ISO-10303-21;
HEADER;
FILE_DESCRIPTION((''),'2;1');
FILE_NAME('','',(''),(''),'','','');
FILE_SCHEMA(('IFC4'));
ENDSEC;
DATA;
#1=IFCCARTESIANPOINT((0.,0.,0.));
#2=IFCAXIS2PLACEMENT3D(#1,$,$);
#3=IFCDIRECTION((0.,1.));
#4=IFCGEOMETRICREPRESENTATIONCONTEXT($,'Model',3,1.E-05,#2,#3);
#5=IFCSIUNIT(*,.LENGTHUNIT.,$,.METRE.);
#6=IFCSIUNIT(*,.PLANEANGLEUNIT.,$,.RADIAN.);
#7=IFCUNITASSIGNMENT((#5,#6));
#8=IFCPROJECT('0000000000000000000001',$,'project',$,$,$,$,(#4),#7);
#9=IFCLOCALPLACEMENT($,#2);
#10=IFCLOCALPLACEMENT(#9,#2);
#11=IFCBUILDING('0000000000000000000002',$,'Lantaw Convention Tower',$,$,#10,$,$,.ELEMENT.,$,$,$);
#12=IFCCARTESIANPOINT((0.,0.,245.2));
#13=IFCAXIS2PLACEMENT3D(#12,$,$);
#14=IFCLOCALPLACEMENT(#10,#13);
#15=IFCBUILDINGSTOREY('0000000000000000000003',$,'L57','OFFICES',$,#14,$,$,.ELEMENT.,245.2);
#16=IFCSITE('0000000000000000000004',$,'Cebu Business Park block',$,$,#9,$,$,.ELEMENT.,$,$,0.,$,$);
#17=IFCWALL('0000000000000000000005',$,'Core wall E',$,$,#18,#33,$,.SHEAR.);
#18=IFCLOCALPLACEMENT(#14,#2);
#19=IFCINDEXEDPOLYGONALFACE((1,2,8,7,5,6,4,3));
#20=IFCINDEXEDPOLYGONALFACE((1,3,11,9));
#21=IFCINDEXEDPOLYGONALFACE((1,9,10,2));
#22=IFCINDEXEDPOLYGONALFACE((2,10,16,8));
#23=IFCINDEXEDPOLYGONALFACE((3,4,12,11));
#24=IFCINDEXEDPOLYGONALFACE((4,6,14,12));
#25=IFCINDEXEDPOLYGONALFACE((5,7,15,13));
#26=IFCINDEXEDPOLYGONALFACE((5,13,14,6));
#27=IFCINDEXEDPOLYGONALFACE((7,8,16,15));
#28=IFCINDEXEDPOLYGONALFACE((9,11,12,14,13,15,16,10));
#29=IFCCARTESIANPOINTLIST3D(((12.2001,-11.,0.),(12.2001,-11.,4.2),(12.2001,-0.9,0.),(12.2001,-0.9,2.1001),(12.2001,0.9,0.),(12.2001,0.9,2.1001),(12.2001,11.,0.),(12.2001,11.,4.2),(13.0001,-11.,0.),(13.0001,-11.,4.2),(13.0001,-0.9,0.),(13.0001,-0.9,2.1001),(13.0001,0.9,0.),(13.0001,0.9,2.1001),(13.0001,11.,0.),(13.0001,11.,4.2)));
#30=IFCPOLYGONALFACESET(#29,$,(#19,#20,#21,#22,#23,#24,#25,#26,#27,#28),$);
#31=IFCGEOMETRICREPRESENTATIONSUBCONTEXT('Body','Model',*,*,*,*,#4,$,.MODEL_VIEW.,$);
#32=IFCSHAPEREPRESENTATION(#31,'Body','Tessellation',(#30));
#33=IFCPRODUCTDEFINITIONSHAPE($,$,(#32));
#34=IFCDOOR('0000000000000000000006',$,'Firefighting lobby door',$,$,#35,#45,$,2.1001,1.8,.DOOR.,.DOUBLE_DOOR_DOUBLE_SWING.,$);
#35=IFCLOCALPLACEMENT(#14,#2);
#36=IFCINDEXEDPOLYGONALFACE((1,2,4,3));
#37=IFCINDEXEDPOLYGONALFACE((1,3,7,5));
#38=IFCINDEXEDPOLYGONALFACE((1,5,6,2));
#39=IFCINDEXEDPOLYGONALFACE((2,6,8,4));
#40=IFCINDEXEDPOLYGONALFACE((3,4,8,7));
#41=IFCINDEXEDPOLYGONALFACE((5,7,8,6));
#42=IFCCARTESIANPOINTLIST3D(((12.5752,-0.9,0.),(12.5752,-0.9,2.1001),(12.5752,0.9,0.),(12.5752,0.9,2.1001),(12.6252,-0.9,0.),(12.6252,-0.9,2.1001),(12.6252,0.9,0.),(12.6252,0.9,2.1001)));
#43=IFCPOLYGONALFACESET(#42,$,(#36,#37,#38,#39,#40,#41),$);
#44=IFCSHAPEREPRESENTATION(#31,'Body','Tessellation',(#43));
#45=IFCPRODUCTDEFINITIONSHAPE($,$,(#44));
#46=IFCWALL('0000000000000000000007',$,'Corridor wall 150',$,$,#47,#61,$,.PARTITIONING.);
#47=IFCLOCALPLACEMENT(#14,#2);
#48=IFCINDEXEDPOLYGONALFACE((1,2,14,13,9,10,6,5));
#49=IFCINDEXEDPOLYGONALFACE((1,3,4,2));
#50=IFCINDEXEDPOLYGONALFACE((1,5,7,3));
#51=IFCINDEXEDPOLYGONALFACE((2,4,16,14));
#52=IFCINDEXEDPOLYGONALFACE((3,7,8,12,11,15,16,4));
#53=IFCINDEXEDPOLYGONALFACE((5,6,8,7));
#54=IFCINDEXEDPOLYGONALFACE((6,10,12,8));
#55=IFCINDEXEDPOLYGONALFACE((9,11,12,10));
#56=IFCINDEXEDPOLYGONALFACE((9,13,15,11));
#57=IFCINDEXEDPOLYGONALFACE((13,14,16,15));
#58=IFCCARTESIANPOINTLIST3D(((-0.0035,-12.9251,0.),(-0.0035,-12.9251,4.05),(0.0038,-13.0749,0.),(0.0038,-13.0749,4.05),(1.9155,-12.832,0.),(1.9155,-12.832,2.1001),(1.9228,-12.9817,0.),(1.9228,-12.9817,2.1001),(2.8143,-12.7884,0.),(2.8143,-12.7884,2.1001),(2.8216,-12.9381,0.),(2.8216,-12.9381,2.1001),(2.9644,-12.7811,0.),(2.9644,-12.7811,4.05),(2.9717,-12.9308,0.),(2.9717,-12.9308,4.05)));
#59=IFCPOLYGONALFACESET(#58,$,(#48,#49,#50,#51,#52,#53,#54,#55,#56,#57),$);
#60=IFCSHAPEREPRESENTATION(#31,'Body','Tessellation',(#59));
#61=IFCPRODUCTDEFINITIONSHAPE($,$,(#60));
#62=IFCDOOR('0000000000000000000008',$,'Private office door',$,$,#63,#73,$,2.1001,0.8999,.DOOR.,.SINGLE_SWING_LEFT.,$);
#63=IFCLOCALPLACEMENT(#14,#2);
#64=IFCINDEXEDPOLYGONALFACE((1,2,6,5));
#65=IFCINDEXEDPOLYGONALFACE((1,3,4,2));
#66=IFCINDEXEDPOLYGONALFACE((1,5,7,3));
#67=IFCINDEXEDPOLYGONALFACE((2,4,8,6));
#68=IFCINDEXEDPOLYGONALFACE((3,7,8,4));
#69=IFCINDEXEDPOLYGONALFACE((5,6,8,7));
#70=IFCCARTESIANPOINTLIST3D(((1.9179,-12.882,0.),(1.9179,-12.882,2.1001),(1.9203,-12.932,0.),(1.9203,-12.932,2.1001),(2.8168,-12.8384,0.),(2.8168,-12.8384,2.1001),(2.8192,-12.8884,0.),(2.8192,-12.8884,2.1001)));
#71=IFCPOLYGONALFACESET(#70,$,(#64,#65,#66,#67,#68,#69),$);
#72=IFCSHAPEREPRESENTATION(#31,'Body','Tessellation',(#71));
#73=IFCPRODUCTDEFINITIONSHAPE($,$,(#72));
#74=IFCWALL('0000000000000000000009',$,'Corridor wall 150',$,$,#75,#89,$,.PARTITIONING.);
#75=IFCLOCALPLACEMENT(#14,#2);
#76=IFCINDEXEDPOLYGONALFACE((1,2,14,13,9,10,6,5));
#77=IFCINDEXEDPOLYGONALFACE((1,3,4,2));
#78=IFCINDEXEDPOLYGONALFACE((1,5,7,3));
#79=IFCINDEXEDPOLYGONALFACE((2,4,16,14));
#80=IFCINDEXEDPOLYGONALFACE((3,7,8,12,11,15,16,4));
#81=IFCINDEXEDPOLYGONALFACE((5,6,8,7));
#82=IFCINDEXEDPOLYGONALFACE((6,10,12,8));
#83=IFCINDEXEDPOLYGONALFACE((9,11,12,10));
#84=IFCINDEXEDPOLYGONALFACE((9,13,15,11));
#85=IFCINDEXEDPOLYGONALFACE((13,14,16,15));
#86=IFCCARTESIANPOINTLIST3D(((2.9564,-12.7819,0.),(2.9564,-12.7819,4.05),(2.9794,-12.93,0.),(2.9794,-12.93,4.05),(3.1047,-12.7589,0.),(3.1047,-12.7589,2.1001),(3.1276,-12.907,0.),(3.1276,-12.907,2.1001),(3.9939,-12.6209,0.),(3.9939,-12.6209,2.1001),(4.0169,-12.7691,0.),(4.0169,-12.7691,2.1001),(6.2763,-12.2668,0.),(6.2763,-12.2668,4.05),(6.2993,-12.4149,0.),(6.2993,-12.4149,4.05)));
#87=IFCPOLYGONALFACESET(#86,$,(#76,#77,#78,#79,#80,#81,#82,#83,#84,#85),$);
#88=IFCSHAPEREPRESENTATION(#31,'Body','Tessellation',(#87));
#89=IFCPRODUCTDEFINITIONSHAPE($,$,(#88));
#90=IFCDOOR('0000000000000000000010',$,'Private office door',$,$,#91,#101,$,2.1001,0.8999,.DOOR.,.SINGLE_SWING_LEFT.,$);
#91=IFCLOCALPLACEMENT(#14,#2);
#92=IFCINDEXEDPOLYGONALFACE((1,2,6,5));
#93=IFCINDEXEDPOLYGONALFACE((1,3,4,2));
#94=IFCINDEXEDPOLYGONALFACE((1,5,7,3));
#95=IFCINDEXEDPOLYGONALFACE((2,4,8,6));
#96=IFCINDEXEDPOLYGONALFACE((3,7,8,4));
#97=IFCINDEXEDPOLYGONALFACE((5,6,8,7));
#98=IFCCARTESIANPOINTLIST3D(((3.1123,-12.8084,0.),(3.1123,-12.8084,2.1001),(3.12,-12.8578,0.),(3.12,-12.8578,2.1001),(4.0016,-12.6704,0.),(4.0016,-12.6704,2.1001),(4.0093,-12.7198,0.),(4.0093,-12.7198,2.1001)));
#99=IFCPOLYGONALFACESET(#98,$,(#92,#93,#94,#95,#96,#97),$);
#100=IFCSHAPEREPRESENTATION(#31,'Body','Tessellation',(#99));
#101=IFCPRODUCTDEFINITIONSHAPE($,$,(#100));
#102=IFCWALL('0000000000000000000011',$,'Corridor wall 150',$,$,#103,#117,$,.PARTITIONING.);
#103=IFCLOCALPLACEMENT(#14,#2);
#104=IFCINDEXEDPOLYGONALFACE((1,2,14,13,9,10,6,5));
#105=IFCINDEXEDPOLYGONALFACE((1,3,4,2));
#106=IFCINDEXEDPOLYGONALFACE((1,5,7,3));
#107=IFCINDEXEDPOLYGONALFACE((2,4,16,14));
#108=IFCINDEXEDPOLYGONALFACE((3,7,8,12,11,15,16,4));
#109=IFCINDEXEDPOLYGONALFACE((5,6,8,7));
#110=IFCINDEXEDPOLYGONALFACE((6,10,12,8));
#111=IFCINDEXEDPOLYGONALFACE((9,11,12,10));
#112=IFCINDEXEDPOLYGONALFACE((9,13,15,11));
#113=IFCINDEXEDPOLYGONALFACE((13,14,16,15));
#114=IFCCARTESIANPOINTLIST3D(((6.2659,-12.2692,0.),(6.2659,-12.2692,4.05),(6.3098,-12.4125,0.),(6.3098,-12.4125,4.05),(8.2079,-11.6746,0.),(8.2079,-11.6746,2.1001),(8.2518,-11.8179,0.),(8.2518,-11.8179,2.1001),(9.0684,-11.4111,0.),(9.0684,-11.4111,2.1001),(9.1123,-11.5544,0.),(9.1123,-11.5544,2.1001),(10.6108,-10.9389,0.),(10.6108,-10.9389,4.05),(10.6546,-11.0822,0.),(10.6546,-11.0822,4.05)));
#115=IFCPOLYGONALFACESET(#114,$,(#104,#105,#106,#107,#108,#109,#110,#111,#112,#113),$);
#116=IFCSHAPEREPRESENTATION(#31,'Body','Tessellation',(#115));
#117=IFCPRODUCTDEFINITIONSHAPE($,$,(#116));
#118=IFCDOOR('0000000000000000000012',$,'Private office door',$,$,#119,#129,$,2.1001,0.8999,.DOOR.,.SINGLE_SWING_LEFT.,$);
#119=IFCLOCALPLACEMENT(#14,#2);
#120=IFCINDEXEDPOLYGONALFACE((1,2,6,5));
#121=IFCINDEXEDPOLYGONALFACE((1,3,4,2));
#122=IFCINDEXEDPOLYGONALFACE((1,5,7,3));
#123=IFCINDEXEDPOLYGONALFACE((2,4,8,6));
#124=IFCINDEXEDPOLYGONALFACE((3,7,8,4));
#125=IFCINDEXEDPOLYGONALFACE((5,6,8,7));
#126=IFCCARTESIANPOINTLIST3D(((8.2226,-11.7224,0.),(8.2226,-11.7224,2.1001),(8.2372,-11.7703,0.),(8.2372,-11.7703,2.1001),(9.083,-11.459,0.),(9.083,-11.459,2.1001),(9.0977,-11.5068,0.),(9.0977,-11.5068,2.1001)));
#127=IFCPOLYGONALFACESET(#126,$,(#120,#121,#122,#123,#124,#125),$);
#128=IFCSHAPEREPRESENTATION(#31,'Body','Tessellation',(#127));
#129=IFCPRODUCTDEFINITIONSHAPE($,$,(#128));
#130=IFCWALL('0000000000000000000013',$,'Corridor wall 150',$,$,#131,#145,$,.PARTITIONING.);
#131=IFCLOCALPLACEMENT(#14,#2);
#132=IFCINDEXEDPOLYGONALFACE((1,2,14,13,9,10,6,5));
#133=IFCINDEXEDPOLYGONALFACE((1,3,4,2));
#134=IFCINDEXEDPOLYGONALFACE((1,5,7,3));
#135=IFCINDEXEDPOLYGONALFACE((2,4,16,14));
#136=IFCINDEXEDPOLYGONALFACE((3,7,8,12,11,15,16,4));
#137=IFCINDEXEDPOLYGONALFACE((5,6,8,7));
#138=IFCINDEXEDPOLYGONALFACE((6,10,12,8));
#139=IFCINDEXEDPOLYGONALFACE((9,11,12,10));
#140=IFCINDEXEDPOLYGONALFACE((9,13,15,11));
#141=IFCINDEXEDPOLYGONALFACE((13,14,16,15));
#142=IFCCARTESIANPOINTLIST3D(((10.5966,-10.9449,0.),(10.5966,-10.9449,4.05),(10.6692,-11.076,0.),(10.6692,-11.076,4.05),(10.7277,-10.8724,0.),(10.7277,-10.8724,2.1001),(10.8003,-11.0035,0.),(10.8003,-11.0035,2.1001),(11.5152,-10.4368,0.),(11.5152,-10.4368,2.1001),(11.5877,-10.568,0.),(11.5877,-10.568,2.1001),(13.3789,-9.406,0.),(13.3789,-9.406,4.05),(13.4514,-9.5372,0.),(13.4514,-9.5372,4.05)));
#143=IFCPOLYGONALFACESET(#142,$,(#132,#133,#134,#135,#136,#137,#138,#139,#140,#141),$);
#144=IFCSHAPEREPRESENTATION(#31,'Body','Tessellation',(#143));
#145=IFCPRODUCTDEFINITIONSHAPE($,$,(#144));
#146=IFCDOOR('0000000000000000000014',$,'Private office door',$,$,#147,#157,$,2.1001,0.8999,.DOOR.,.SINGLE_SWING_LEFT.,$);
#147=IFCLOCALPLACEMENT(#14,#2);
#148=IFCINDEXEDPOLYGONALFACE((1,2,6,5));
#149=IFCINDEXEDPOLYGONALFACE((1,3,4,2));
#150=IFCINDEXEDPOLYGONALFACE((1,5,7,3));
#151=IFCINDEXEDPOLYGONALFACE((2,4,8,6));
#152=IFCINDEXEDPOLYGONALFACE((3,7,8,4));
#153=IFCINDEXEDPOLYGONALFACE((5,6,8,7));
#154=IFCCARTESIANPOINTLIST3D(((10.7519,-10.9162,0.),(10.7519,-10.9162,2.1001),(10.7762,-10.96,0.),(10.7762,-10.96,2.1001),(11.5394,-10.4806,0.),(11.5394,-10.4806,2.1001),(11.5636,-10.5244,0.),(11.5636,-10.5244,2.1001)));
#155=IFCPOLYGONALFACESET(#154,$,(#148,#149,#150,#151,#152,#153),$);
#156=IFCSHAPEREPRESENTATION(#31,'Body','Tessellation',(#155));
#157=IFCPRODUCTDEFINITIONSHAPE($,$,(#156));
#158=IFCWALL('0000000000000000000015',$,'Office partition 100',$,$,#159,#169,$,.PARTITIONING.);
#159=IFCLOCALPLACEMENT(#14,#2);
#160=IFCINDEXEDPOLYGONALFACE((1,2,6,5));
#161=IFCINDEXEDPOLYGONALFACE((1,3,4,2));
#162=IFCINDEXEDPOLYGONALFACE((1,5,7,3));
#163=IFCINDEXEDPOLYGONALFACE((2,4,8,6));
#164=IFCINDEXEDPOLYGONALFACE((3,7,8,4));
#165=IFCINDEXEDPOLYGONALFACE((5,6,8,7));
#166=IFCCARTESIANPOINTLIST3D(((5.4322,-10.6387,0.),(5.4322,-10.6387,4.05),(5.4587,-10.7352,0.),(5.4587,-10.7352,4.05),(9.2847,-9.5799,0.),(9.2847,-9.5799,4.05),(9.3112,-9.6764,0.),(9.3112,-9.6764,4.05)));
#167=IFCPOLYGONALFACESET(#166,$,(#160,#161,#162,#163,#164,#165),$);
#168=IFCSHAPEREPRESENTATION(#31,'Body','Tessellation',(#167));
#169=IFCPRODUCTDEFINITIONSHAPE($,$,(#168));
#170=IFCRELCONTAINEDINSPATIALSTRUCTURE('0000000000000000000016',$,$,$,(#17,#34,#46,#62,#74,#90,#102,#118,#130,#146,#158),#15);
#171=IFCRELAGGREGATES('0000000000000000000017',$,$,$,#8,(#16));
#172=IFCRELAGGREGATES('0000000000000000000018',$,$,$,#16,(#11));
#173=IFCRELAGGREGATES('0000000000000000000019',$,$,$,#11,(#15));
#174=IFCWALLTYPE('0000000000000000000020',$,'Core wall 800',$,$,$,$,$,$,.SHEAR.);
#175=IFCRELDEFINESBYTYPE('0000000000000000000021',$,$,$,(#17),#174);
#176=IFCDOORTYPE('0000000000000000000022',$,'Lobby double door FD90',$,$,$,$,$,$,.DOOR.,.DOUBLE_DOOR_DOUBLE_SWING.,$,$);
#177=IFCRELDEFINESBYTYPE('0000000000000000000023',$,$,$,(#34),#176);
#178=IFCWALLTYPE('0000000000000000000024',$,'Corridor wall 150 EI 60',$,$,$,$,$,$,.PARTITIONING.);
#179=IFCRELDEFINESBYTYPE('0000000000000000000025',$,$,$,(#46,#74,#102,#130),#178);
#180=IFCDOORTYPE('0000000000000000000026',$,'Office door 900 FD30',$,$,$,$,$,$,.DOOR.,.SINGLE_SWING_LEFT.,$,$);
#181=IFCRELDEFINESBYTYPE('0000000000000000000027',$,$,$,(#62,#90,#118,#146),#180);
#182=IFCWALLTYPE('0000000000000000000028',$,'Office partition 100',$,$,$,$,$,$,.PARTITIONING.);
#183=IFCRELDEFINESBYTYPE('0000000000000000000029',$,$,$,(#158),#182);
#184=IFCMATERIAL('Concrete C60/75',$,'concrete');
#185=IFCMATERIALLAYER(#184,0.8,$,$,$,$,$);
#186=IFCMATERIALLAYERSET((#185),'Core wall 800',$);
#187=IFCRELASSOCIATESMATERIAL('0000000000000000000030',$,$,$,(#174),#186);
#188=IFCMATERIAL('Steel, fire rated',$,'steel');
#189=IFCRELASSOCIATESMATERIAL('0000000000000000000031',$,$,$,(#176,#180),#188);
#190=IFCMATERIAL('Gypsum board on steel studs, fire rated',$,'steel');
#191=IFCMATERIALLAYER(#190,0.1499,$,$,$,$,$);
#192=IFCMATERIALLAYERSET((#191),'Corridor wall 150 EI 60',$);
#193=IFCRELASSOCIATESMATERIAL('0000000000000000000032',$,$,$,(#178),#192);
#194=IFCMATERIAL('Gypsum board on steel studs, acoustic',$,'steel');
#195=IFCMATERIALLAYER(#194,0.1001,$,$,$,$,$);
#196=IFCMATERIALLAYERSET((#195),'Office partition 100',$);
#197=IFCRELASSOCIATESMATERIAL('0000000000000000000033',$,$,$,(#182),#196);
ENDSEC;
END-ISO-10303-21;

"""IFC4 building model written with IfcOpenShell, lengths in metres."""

from ifc_helpers import new_model, si_unit, direction, frame, frame_2d, origin, place, context, subcontext, project, spatial, rectangle, extrude, material, layer, layer_set, type_object, element, fill, save


model = new_model("IFC4")

# Units and contexts
model_context = context("Model", 3, precision=1e-05, world=origin(), true_north=direction((0.0, 1.0)))
body_context = subcontext(model_context, "Body", "Model", "MODEL_VIEW")
ifc_project = project(units=[si_unit("LENGTHUNIT", "METRE"), si_unit("PLANEANGLEUNIT", "RADIAN")], contexts=[model_context])

# Site, building, storey
site_placement = place(None, origin())
site = spatial("IfcSite", under=ifc_project, at=site_placement, Name="Cebu Business Park block", CompositionType="ELEMENT", RefElevation=0.0)
building_placement = place(site_placement, origin())
building = spatial("IfcBuilding", under=site, at=building_placement, Name="Lantaw Convention Tower", CompositionType="ELEMENT")
storey_placement = place(building_placement, frame((0.0, 0.0, 245.2)))
storey = spatial("IfcBuildingStorey", under=building, at=storey_placement, Name="L57", Description="OFFICES", CompositionType="ELEMENT", Elevation=245.2)

# Walls, openings, doors
ifc_material_1 = material(Name="Concrete C60/75", Category="concrete")
ifc_layer_1 = layer(ifc_material_1, 0.8)
ifc_layer_set_1 = layer_set([ifc_layer_1], Name="Core wall 800")
wall_type_1 = type_object("IfcWallType", Name="Core wall 800", PredefinedType="SHEAR", material=ifc_layer_set_1)
wall_1_placement = place(storey_placement, frame((12.6001, -11.0, 0.0), z_axis=(0.0, 0.0, 1.0), x_axis=(0.0, 1.0, 0.0)))
wall_1 = element("IfcWall", 1, at=wall_1_placement, inside=storey, type_object=wall_type_1, Name="Core wall E", PredefinedType="SHEAR", context=body_context, shape_type="SweptSolid", body=[
    extrude(rectangle(XDim=22.0, YDim=0.8, at=frame_2d((11.0, 0.0))), origin(), (0.0, 0.0, 1.0), 4.2),
])
opening_1_placement = place(wall_1_placement, frame((10.1001, 0.0, 0.0)))
opening_1 = element("IfcOpeningElement", 2, at=opening_1_placement, cuts=wall_1, PredefinedType="OPENING", context=body_context, shape_type="SweptSolid", body=[
    extrude(rectangle(XDim=1.8, YDim=2.1001, at=frame_2d((0.8999, 1.05))), frame((0.0, 0.4099, 0.0), z_axis=(0.0, -1.0, 0.0), x_axis=(1.0, 0.0, 0.0)), (0.0, 0.0, 1.0), 0.8201),
])
ifc_material_2 = material(Name="Steel, fire rated", Category="steel")
door_type_1 = type_object("IfcDoorType", Name="Lobby double door FD90", OperationType="DOUBLE_DOOR_DOUBLE_SWING", PredefinedType="DOOR", material=ifc_material_2)
door_1_placement = place(opening_1_placement, origin())
door_1 = element("IfcDoor", 3, at=door_1_placement, inside=storey, type_object=door_type_1, Name="Firefighting lobby door", OperationType="DOUBLE_DOOR_DOUBLE_SWING", OverallHeight=2.1001, OverallWidth=1.8, PredefinedType="DOOR", context=body_context, shape_type="SweptSolid", body=[
    extrude(rectangle(XDim=1.8, YDim=2.1001, at=frame_2d((0.8999, 1.05))), frame((0.0, 0.0249, 0.0), z_axis=(0.0, -1.0, 0.0), x_axis=(1.0, 0.0, 0.0)), (0.0, 0.0, 1.0), 0.05),
])
fill(opening_1, door_1)
ifc_material_3 = material(Name="Gypsum board on steel studs, fire rated", Category="steel")
ifc_layer_2 = layer(ifc_material_3, 0.1499)
ifc_layer_set_2 = layer_set([ifc_layer_2], Name="Corridor wall 150 EI 60")
wall_type_2 = type_object("IfcWallType", Name="Corridor wall 150 EI 60", PredefinedType="PARTITIONING", material=ifc_layer_set_2)
wall_2_placement = place(storey_placement, frame((0.0, -13.0, 0.0), z_axis=(0.0, 0.0, 1.0), x_axis=(0.998824, 0.048475, 0.0)))
wall_2 = element("IfcWall", 4, at=wall_2_placement, inside=storey, type_object=wall_type_2, Name="Corridor wall 150", PredefinedType="PARTITIONING", context=body_context, shape_type="SweptSolid", body=[
    extrude(rectangle(XDim=2.9714, YDim=0.1499, at=frame_2d((1.4858, 0.0))), origin(), (0.0, 0.0, 1.0), 4.05),
])
opening_2_placement = place(wall_2_placement, frame((1.9214, 0.0, 0.0)))
opening_2 = element("IfcOpeningElement", 5, at=opening_2_placement, cuts=wall_2, PredefinedType="OPENING", context=body_context, shape_type="SweptSolid", body=[
    extrude(rectangle(XDim=0.8999, YDim=2.1001, at=frame_2d((0.45, 1.05))), frame((0.0, 0.085, 0.0), z_axis=(0.0, -1.0, 0.0), x_axis=(1.0, 0.0, 0.0)), (0.0, 0.0, 1.0), 0.1699),
])
door_type_2 = type_object("IfcDoorType", Name="Office door 900 FD30", OperationType="SINGLE_SWING_LEFT", PredefinedType="DOOR", material=ifc_material_2)
door_2_placement = place(opening_2_placement, origin())
door_2 = element("IfcDoor", 6, at=door_2_placement, inside=storey, type_object=door_type_2, Name="Private office door", OperationType="SINGLE_SWING_LEFT", OverallHeight=2.1001, OverallWidth=0.8999, PredefinedType="DOOR", context=body_context, shape_type="SweptSolid", body=[
    extrude(rectangle(XDim=0.8999, YDim=2.1001, at=frame_2d((0.45, 1.05))), frame((0.0, 0.0249, 0.0), z_axis=(0.0, -1.0, 0.0), x_axis=(1.0, 0.0, 0.0)), (0.0, 0.0, 1.0), 0.05),
])
fill(opening_2, door_2)
wall_3_placement = place(storey_placement, frame((2.968, -12.856, 0.0), z_axis=(0.0, 0.0, 1.0), x_axis=(0.988174, 0.153335, 0.0)))
wall_3 = element("IfcWall", 7, at=wall_3_placement, inside=storey, type_object=wall_type_2, Name="Corridor wall 150", PredefinedType="PARTITIONING", context=body_context, shape_type="SweptSolid", body=[
    extrude(rectangle(XDim=3.3596, YDim=0.1499, at=frame_2d((1.6797, 0.0))), origin(), (0.0, 0.0, 1.0), 4.05),
])
opening_3_placement = place(wall_3_placement, frame((0.1499, 0.0, 0.0)))
opening_3 = element("IfcOpeningElement", 8, at=opening_3_placement, cuts=wall_3, PredefinedType="OPENING", context=body_context, shape_type="SweptSolid", body=[
    extrude(rectangle(XDim=0.8999, YDim=2.1001, at=frame_2d((0.45, 1.05))), frame((0.0, 0.085, 0.0), z_axis=(0.0, -1.0, 0.0), x_axis=(1.0, 0.0, 0.0)), (0.0, 0.0, 1.0), 0.1699),
])
door_3_placement = place(opening_3_placement, origin())
door_3 = element("IfcDoor", 9, at=door_3_placement, inside=storey, type_object=door_type_2, Name="Private office door", OperationType="SINGLE_SWING_LEFT", OverallHeight=2.1001, OverallWidth=0.8999, PredefinedType="DOOR", context=body_context, shape_type="SweptSolid", body=[
    extrude(rectangle(XDim=0.8999, YDim=2.1001, at=frame_2d((0.45, 1.05))), frame((0.0, 0.0249, 0.0), z_axis=(0.0, -1.0, 0.0), x_axis=(1.0, 0.0, 0.0)), (0.0, 0.0, 1.0), 0.05),
])
fill(opening_3, door_3)
wall_4_placement = place(storey_placement, frame((6.2878, -12.3408, 0.0), z_axis=(0.0, 0.0, 1.0), x_axis=(0.956186, 0.29276, 0.0)))
wall_4 = element("IfcWall", 10, at=wall_4_placement, inside=storey, type_object=wall_type_2, Name="Corridor wall 150", PredefinedType="PARTITIONING", context=body_context, shape_type="SweptSolid", body=[
    extrude(rectangle(XDim=4.5439, YDim=0.1499, at=frame_2d((2.272, 0.0))), origin(), (0.0, 0.0, 1.0), 4.05),
])
opening_4_placement = place(wall_4_placement, frame((2.031, 0.0, 0.0)))
opening_4 = element("IfcOpeningElement", 11, at=opening_4_placement, cuts=wall_4, PredefinedType="OPENING", context=body_context, shape_type="SweptSolid", body=[
    extrude(rectangle(XDim=0.8999, YDim=2.1001, at=frame_2d((0.45, 1.05))), frame((0.0, 0.085, 0.0), z_axis=(0.0, -1.0, 0.0), x_axis=(1.0, 0.0, 0.0)), (0.0, 0.0, 1.0), 0.1699),
])
door_4_placement = place(opening_4_placement, origin())
door_4 = element("IfcDoor", 12, at=door_4_placement, inside=storey, type_object=door_type_2, Name="Private office door", OperationType="SINGLE_SWING_LEFT", OverallHeight=2.1001, OverallWidth=0.8999, PredefinedType="DOOR", context=body_context, shape_type="SweptSolid", body=[
    extrude(rectangle(XDim=0.8999, YDim=2.1001, at=frame_2d((0.45, 1.05))), frame((0.0, 0.0249, 0.0), z_axis=(0.0, -1.0, 0.0), x_axis=(1.0, 0.0, 0.0)), (0.0, 0.0, 1.0), 0.05),
])
fill(opening_4, door_4)
wall_5_placement = place(storey_placement, frame((10.6328, -11.0105, 0.0), z_axis=(0.0, 0.0, 1.0), x_axis=(0.875072, 0.483993, 0.0)))
wall_5 = element("IfcWall", 13, at=wall_5_placement, inside=storey, type_object=wall_type_2, Name="Corridor wall 150", PredefinedType="PARTITIONING", context=body_context, shape_type="SweptSolid", body=[
    extrude(rectangle(XDim=3.1794, YDim=0.1499, at=frame_2d((1.5898, 0.0))), origin(), (0.0, 0.0, 1.0), 4.05),
])
opening_5_placement = place(wall_5_placement, frame((0.1499, 0.0, 0.0)))
opening_5 = element("IfcOpeningElement", 14, at=opening_5_placement, cuts=wall_5, PredefinedType="OPENING", context=body_context, shape_type="SweptSolid", body=[
    extrude(rectangle(XDim=0.8999, YDim=2.1001, at=frame_2d((0.45, 1.05))), frame((0.0, 0.085, 0.0), z_axis=(0.0, -1.0, 0.0), x_axis=(1.0, 0.0, 0.0)), (0.0, 0.0, 1.0), 0.1699),
])
door_5_placement = place(opening_5_placement, origin())
door_5 = element("IfcDoor", 15, at=door_5_placement, inside=storey, type_object=door_type_2, Name="Private office door", OperationType="SINGLE_SWING_LEFT", OverallHeight=2.1001, OverallWidth=0.8999, PredefinedType="DOOR", context=body_context, shape_type="SweptSolid", body=[
    extrude(rectangle(XDim=0.8999, YDim=2.1001, at=frame_2d((0.45, 1.05))), frame((0.0, 0.0249, 0.0), z_axis=(0.0, -1.0, 0.0), x_axis=(1.0, 0.0, 0.0)), (0.0, 0.0, 1.0), 0.05),
])
fill(opening_5, door_5)

# Wall
ifc_material_4 = material(Name="Gypsum board on steel studs, acoustic", Category="steel")
ifc_layer_3 = layer(ifc_material_4, 0.1001)
ifc_layer_set_3 = layer_set([ifc_layer_3], Name="Office partition 100")
wall_type_3 = type_object("IfcWallType", Name="Office partition 100", PredefinedType="PARTITIONING", material=ifc_layer_set_3)
wall_6_placement = place(storey_placement, frame((9.2979, -9.6282, 0.0), z_axis=(0.0, 0.0, 1.0), x_axis=(-0.964244, -0.265014, 0.0)))
element("IfcWall", 16, at=wall_6_placement, inside=storey, type_object=wall_type_3, Name="Office partition 100", PredefinedType="PARTITIONING", context=body_context, shape_type="SweptSolid", body=[
    extrude(rectangle(XDim=3.9954, YDim=0.1001, at=frame_2d((1.9976, 0.0))), origin(), (0.0, 0.0, 1.0), 4.05),
])

save(model, "model.ifc")
